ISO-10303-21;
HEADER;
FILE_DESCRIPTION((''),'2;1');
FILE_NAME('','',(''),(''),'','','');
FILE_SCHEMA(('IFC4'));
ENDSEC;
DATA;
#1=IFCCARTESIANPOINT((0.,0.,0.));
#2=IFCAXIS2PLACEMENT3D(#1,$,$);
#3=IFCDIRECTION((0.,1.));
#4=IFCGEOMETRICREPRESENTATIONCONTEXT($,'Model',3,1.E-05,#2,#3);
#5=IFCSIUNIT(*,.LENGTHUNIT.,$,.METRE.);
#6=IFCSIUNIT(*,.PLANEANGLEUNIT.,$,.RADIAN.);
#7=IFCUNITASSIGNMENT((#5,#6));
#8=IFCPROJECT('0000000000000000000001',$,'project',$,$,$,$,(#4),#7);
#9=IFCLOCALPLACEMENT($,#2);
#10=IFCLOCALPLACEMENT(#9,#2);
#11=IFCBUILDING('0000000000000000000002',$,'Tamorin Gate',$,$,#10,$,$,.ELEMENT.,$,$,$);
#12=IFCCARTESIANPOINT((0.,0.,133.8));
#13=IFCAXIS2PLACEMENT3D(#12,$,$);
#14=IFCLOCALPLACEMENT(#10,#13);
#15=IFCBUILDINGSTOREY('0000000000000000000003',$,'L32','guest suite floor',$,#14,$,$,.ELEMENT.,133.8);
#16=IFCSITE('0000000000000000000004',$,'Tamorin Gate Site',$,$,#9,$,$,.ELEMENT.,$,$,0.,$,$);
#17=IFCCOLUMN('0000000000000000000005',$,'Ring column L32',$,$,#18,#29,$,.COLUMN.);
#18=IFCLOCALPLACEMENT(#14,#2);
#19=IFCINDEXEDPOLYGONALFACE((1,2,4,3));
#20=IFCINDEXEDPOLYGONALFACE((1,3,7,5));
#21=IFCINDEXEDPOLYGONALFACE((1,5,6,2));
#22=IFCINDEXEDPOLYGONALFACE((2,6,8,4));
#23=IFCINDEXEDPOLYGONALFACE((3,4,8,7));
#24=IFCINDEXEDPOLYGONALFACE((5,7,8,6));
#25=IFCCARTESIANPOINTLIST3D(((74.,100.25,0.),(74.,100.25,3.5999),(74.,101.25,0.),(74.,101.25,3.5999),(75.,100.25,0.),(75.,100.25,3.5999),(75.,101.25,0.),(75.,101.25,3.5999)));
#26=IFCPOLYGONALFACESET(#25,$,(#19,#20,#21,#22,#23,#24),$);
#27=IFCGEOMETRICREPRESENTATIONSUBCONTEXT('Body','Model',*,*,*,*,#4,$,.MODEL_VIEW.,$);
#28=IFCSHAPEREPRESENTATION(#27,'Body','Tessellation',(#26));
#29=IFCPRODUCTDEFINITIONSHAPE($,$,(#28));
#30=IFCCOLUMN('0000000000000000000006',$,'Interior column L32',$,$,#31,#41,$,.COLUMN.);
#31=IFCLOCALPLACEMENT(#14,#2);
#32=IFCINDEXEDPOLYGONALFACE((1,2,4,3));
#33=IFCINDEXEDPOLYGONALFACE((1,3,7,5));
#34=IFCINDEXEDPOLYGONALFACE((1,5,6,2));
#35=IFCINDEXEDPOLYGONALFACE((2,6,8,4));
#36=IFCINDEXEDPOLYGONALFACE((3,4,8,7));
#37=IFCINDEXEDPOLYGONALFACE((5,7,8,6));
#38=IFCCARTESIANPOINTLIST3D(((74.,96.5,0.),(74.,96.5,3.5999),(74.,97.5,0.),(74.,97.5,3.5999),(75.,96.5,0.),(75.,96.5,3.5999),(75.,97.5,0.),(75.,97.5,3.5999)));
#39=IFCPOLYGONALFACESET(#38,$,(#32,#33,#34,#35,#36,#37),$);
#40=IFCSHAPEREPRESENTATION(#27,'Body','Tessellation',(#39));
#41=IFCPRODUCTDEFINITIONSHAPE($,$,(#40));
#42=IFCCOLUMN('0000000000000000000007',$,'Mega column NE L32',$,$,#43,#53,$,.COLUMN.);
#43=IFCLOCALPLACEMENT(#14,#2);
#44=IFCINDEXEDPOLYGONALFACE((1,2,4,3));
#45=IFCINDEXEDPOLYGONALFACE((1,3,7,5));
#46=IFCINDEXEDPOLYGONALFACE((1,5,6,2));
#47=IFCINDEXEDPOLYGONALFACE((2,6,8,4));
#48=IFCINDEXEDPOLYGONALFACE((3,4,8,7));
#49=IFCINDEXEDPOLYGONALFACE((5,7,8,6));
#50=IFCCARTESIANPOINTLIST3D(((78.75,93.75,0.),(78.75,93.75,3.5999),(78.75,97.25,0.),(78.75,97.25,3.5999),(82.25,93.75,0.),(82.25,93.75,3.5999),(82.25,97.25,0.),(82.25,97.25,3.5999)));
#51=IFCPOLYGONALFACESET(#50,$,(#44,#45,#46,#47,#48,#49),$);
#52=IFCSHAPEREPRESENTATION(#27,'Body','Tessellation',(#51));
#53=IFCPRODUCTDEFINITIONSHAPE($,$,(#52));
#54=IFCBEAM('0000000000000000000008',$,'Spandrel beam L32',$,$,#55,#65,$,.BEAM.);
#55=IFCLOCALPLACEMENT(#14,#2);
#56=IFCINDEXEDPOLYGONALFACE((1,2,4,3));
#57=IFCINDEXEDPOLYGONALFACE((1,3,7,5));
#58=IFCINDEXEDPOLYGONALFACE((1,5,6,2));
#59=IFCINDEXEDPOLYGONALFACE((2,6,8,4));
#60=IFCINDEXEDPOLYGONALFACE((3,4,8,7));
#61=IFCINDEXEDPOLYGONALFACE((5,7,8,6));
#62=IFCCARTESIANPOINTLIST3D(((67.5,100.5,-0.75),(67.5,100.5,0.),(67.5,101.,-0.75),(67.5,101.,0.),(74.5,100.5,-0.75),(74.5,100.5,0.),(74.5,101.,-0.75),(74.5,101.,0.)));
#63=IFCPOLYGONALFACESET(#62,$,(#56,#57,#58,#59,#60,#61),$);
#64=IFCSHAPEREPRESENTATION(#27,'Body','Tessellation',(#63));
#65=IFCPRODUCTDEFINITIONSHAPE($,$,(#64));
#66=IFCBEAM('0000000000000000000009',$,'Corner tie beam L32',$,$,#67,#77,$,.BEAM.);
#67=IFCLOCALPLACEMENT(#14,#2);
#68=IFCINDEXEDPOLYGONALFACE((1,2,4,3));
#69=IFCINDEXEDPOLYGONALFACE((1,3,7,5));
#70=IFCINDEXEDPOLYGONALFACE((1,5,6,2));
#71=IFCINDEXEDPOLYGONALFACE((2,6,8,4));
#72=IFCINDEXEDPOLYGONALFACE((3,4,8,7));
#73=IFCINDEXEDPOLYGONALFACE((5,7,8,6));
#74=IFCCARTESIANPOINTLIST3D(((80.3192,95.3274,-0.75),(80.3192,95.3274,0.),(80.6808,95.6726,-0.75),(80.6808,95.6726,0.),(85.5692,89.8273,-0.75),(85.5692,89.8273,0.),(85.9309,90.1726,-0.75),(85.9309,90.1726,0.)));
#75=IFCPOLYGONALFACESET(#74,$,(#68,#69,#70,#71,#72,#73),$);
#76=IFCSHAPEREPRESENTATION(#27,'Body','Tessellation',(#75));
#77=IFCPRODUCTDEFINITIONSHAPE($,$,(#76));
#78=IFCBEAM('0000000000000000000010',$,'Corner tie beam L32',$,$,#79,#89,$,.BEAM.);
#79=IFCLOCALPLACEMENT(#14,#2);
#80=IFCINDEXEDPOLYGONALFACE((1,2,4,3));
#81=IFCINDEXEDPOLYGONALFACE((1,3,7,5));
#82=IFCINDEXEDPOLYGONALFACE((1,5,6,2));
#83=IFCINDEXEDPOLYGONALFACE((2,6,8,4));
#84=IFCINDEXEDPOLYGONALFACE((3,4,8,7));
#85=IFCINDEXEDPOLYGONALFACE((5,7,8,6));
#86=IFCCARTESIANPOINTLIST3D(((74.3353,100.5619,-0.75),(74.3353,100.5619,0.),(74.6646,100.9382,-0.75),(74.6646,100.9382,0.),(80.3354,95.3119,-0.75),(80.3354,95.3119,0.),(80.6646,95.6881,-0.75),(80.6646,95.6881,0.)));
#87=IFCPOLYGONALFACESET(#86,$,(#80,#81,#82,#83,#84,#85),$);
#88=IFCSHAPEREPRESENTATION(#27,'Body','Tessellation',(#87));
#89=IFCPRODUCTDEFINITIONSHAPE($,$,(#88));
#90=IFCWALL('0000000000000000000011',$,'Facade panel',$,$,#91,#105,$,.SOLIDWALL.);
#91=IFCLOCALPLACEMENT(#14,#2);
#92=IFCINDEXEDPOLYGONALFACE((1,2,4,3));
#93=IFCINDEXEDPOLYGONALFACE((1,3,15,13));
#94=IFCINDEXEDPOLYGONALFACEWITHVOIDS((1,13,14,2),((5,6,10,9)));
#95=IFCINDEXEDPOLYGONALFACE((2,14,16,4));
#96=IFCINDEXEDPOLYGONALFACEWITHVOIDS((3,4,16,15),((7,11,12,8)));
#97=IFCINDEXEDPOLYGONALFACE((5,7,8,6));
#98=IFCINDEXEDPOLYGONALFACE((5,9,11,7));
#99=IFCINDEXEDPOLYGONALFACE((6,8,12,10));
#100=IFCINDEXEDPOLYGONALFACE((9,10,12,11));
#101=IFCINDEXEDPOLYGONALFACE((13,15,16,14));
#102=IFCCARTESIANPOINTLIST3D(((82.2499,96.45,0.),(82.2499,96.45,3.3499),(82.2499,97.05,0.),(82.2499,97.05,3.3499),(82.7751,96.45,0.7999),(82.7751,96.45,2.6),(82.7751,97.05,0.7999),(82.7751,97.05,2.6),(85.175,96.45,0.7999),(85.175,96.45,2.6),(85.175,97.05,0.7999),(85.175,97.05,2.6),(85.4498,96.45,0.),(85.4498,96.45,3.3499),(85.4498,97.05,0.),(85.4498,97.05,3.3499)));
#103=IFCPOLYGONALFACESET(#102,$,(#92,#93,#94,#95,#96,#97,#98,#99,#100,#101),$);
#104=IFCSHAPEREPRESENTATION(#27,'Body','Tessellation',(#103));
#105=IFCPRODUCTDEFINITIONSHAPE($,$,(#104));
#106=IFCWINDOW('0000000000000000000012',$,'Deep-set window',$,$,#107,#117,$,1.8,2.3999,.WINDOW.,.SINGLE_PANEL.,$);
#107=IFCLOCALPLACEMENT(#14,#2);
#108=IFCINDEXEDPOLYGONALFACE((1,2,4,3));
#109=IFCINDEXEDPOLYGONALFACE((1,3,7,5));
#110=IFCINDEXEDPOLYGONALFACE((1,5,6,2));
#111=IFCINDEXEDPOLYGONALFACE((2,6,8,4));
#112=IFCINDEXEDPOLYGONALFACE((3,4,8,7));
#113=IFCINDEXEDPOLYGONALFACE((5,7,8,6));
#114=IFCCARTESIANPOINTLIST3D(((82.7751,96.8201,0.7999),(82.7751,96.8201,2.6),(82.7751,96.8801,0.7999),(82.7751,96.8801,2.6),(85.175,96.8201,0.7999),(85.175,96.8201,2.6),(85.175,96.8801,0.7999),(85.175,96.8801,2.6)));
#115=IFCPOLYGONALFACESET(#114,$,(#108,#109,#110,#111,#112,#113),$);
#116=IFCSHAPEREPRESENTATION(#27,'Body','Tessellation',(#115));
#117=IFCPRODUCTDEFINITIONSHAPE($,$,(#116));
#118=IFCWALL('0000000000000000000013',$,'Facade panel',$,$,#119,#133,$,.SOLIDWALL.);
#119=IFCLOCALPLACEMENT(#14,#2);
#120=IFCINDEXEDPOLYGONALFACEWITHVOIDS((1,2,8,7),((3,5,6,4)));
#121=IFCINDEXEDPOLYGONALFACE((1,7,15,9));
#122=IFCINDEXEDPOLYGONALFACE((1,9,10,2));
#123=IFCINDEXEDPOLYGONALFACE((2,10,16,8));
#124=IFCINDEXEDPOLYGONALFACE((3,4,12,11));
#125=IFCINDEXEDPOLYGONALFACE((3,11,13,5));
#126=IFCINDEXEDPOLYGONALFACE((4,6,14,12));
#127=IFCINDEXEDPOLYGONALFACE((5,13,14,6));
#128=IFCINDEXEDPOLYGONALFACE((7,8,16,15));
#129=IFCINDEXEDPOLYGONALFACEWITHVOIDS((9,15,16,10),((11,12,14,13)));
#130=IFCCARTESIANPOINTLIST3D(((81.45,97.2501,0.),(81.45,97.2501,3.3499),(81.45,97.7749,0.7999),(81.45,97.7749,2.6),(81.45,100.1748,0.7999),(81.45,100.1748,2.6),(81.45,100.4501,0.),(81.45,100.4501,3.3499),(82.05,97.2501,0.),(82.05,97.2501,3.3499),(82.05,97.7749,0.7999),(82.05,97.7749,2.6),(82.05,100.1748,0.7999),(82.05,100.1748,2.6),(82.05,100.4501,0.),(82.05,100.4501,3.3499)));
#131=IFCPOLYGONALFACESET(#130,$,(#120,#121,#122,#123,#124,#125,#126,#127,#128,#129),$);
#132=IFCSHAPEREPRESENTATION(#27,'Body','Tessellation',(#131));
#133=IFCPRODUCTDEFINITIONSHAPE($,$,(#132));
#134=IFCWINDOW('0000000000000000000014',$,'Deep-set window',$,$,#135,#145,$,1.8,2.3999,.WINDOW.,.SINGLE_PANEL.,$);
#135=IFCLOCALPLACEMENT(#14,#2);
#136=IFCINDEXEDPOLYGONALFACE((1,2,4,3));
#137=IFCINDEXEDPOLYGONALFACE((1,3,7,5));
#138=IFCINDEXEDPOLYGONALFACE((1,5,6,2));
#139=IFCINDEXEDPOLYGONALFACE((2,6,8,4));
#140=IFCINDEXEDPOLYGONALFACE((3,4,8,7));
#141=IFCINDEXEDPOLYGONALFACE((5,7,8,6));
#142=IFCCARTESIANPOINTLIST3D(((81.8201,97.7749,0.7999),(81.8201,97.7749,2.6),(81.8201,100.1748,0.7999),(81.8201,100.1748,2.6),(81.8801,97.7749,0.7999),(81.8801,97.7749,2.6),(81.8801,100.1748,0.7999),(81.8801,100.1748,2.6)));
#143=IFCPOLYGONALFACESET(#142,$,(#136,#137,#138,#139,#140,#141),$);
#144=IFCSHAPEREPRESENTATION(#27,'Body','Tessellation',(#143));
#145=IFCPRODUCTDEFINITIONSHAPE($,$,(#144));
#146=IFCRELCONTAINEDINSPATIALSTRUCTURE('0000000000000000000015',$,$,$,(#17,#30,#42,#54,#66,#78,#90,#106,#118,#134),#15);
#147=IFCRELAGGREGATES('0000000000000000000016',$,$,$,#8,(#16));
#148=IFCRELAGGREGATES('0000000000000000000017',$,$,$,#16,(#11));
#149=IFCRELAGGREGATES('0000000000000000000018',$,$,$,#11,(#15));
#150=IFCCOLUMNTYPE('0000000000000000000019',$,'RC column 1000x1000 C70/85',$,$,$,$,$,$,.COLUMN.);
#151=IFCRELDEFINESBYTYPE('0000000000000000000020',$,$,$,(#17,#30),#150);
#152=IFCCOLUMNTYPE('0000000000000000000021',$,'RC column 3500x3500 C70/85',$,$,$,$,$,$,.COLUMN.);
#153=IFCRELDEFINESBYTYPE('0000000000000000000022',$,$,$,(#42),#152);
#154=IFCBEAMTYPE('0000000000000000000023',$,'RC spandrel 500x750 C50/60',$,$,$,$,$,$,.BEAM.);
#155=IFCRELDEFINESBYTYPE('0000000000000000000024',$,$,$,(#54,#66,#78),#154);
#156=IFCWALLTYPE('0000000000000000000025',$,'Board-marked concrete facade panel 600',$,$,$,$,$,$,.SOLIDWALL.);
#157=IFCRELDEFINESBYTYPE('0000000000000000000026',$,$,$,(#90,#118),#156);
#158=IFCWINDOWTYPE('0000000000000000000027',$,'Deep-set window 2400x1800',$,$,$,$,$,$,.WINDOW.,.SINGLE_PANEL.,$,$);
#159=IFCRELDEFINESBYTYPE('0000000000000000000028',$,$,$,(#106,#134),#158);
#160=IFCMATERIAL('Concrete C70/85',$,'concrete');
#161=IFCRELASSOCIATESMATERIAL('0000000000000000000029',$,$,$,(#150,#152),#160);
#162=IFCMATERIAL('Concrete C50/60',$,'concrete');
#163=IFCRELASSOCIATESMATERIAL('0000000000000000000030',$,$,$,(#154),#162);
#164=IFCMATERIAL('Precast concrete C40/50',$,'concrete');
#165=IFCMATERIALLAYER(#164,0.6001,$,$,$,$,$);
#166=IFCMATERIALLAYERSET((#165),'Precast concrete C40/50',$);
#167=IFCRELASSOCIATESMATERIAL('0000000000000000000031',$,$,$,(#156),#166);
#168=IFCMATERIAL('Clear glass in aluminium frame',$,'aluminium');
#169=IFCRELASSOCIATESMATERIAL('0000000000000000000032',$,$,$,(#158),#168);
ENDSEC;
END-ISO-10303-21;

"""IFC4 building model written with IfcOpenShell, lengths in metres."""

from ifc_helpers import new_model, si_unit, direction, frame, frame_2d, origin, origin_2d, place, context, subcontext, project, spatial, rectangle, extrude, material, layer, layer_set, material_profile, profile_set, type_object, element, fill, save


model = new_model("IFC4")

# Units and contexts
model_context = context("Model", 3, precision=1e-05, world=origin(), true_north=direction((0.0, 1.0)))
body_context = subcontext(model_context, "Body", "Model", "MODEL_VIEW")
ifc_project = project(units=[si_unit("LENGTHUNIT", "METRE"), si_unit("PLANEANGLEUNIT", "RADIAN")], contexts=[model_context])

# Site, building, storey
site_placement = place(None, origin())
site = spatial("IfcSite", under=ifc_project, at=site_placement, Name="Tamorin Gate Site", CompositionType="ELEMENT", RefElevation=0.0)
building_placement = place(site_placement, origin())
building = spatial("IfcBuilding", under=site, at=building_placement, Name="Tamorin Gate", CompositionType="ELEMENT")
storey_placement = place(building_placement, frame((0.0, 0.0, 133.8)))
storey = spatial("IfcBuildingStorey", under=building, at=storey_placement, Name="L32", Description="guest suite floor", CompositionType="ELEMENT", Elevation=133.8)

# Columns
ifc_material_1 = material(Name="Concrete C70/85", Category="concrete")
ifc_material_profile_1 = material_profile(ifc_material_1, rectangle(XDim=1.0, YDim=1.0, at=origin_2d()), Name="RC 1000x1000")
ifc_profile_set_1 = profile_set([ifc_material_profile_1], Name="Concrete C70/85")
column_type_1 = type_object("IfcColumnType", Name="RC column 1000x1000 C70/85", PredefinedType="COLUMN", material=ifc_profile_set_1)
for number, where, z_axis, x_axis, name in (
    (1, (74.5, 100.75, 0.0), (0.0, 0.0, 1.0), (1.0, 0.0, 0.0), "Ring column L32"),
    (2, (74.5, 97.0, 0.0), (0.0, 0.0, 1.0), (1.0, 0.0, 0.0), "Interior column L32"),
):
    element("IfcColumn", number, at=place(storey_placement, frame(where, z_axis=z_axis, x_axis=x_axis)), inside=storey, type_object=column_type_1, Name=name, PredefinedType="COLUMN", context=body_context, shape_type="SweptSolid", body=[
        extrude(rectangle(XDim=1.0, YDim=1.0, at=origin_2d()), origin(), (0.0, 0.0, 1.0), 3.5999),
    ])
ifc_material_profile_2 = material_profile(ifc_material_1, rectangle(XDim=3.5, YDim=3.5, at=origin_2d()), Name="RC 3500x3500")
ifc_profile_set_2 = profile_set([ifc_material_profile_2], Name="Concrete C70/85")
column_type_2 = type_object("IfcColumnType", Name="RC column 3500x3500 C70/85", PredefinedType="COLUMN", material=ifc_profile_set_2)
column_placement = place(storey_placement, frame((80.5, 95.5, 0.0), z_axis=(0.0, 0.0, 1.0), x_axis=(1.0, 0.0, 0.0)))
element("IfcColumn", 3, at=column_placement, inside=storey, type_object=column_type_2, Name="Mega column NE L32", PredefinedType="COLUMN", context=body_context, shape_type="SweptSolid", body=[
    extrude(rectangle(XDim=3.5, YDim=3.5, at=origin_2d()), origin(), (0.0, 0.0, 1.0), 3.5999),
])

# Beams
ifc_material_2 = material(Name="Concrete C50/60", Category="concrete")
ifc_material_profile_3 = material_profile(ifc_material_2, rectangle(XDim=0.5, YDim=0.75, at=origin_2d()), Name="RC 500x750")
ifc_profile_set_3 = profile_set([ifc_material_profile_3], Name="Concrete C50/60")
beam_type = type_object("IfcBeamType", Name="RC spandrel 500x750 C50/60", PredefinedType="BEAM", material=ifc_profile_set_3)
beam_1_placement = place(storey_placement, frame((74.5, 100.75, -0.375), z_axis=(-1.0, 0.0, 0.0), x_axis=(0.0, -1.0, 0.0)))
element("IfcBeam", 4, at=beam_1_placement, inside=storey, type_object=beam_type, Name="Spandrel beam L32", PredefinedType="BEAM", context=body_context, shape_type="SweptSolid", body=[
    extrude(rectangle(XDim=0.5, YDim=0.75, at=origin_2d()), origin(), (0.0, 0.0, 1.0), 7.0),
])
beam_2_placement = place(storey_placement, frame((80.5, 95.5, -0.375), z_axis=(0.690476, -0.723356, 0.0), x_axis=(0.723356, 0.690476, 0.0)))
element("IfcBeam", 5, at=beam_2_placement, inside=storey, type_object=beam_type, Name="Corner tie beam L32", PredefinedType="BEAM", context=body_context, shape_type="SweptSolid", body=[
    extrude(rectangle(XDim=0.5, YDim=0.75, at=origin_2d()), origin(), (0.0, 0.0, 1.0), 7.6035),
])
beam_3_placement = place(storey_placement, frame((80.5, 95.5, -0.375), z_axis=(-0.752577, 0.658505, 0.0), x_axis=(-0.658505, -0.752577, 0.0)))
element("IfcBeam", 6, at=beam_3_placement, inside=storey, type_object=beam_type, Name="Corner tie beam L32", PredefinedType="BEAM", context=body_context, shape_type="SweptSolid", body=[
    extrude(rectangle(XDim=0.5, YDim=0.75, at=origin_2d()), origin(), (0.0, 0.0, 1.0), 7.9727),
])

# Walls, openings, windows
ifc_material_3 = material(Name="Precast concrete C40/50", Category="concrete")
ifc_layer_1 = layer(ifc_material_3, 0.6001)
ifc_layer_set_1 = layer_set([ifc_layer_1], Name="Precast concrete C40/50")
wall_type_1 = type_object("IfcWallType", Name="Board-marked concrete facade panel 600", PredefinedType="SOLIDWALL", material=ifc_layer_set_1)
wall_1_placement = place(storey_placement, frame((85.45, 96.75, 0.0), z_axis=(0.0, 0.0, 1.0), x_axis=(-1.0, 0.0, 0.0)))
wall_1 = element("IfcWall", 7, at=wall_1_placement, inside=storey, type_object=wall_type_1, Name="Facade panel", PredefinedType="SOLIDWALL", context=body_context, shape_type="SweptSolid", body=[
    extrude(rectangle(XDim=3.2, YDim=0.6001, at=frame_2d((1.6001, 0.0))), origin(), (0.0, 0.0, 1.0), 3.3499),
])
opening_1_placement = place(wall_1_placement, frame((0.2749, 0.0, 0.8)))
opening_1 = element("IfcOpeningElement", 8, at=opening_1_placement, cuts=wall_1, PredefinedType="OPENING", context=body_context, shape_type="SweptSolid", body=[
    extrude(rectangle(XDim=2.3999, YDim=1.8, at=frame_2d((1.2, 0.8999))), frame((0.0, 0.3101, 0.0), z_axis=(0.0, -1.0, 0.0), x_axis=(1.0, 0.0, 0.0)), (0.0, 0.0, 1.0), 0.6201),
])
ifc_material_4 = material(Name="Clear glass in aluminium frame", Category="aluminium")
window_type_1 = type_object("IfcWindowType", Name="Deep-set window 2400x1800", PartitioningType="SINGLE_PANEL", PredefinedType="WINDOW", material=ifc_material_4)
window_1_placement = place(opening_1_placement, origin())
window_1 = element("IfcWindow", 9, at=window_1_placement, inside=storey, type_object=window_type_1, Name="Deep-set window", OverallHeight=1.8, OverallWidth=2.3999, PartitioningType="SINGLE_PANEL", PredefinedType="WINDOW", context=body_context, shape_type="SweptSolid", body=[
    extrude(rectangle(XDim=2.3999, YDim=1.8, at=frame_2d((1.2, 0.8999))), frame((0.0, -0.0701, 0.0), z_axis=(0.0, -1.0, 0.0), x_axis=(1.0, 0.0, 0.0)), (0.0, 0.0, 1.0), 0.0601),
])
fill(opening_1, window_1)
wall_2_placement = place(storey_placement, frame((81.75, 97.25, 0.0), z_axis=(0.0, 0.0, 1.0), x_axis=(0.0, 1.0, 0.0)))
wall_2 = element("IfcWall", 10, at=wall_2_placement, inside=storey, type_object=wall_type_1, Name="Facade panel", PredefinedType="SOLIDWALL", context=body_context, shape_type="SweptSolid", body=[
    extrude(rectangle(XDim=3.2, YDim=0.6001, at=frame_2d((1.6001, 0.0))), origin(), (0.0, 0.0, 1.0), 3.3499),
])
opening_2_placement = place(wall_2_placement, frame((0.5249, 0.0, 0.8)))
opening_2 = element("IfcOpeningElement", 11, at=opening_2_placement, cuts=wall_2, PredefinedType="OPENING", context=body_context, shape_type="SweptSolid", body=[
    extrude(rectangle(XDim=2.3999, YDim=1.8, at=frame_2d((1.2, 0.8999))), frame((0.0, 0.3101, 0.0), z_axis=(0.0, -1.0, 0.0), x_axis=(1.0, 0.0, 0.0)), (0.0, 0.0, 1.0), 0.6201),
])
window_2_placement = place(opening_2_placement, origin())
window_2 = element("IfcWindow", 12, at=window_2_placement, inside=storey, type_object=window_type_1, Name="Deep-set window", OverallHeight=1.8, OverallWidth=2.3999, PartitioningType="SINGLE_PANEL", PredefinedType="WINDOW", context=body_context, shape_type="SweptSolid", body=[
    extrude(rectangle(XDim=2.3999, YDim=1.8, at=frame_2d((1.2, 0.8999))), frame((0.0, -0.0701, 0.0), z_axis=(0.0, -1.0, 0.0), x_axis=(1.0, 0.0, 0.0)), (0.0, 0.0, 1.0), 0.0601),
])
fill(opening_2, window_2)

save(model, "model.ifc")
